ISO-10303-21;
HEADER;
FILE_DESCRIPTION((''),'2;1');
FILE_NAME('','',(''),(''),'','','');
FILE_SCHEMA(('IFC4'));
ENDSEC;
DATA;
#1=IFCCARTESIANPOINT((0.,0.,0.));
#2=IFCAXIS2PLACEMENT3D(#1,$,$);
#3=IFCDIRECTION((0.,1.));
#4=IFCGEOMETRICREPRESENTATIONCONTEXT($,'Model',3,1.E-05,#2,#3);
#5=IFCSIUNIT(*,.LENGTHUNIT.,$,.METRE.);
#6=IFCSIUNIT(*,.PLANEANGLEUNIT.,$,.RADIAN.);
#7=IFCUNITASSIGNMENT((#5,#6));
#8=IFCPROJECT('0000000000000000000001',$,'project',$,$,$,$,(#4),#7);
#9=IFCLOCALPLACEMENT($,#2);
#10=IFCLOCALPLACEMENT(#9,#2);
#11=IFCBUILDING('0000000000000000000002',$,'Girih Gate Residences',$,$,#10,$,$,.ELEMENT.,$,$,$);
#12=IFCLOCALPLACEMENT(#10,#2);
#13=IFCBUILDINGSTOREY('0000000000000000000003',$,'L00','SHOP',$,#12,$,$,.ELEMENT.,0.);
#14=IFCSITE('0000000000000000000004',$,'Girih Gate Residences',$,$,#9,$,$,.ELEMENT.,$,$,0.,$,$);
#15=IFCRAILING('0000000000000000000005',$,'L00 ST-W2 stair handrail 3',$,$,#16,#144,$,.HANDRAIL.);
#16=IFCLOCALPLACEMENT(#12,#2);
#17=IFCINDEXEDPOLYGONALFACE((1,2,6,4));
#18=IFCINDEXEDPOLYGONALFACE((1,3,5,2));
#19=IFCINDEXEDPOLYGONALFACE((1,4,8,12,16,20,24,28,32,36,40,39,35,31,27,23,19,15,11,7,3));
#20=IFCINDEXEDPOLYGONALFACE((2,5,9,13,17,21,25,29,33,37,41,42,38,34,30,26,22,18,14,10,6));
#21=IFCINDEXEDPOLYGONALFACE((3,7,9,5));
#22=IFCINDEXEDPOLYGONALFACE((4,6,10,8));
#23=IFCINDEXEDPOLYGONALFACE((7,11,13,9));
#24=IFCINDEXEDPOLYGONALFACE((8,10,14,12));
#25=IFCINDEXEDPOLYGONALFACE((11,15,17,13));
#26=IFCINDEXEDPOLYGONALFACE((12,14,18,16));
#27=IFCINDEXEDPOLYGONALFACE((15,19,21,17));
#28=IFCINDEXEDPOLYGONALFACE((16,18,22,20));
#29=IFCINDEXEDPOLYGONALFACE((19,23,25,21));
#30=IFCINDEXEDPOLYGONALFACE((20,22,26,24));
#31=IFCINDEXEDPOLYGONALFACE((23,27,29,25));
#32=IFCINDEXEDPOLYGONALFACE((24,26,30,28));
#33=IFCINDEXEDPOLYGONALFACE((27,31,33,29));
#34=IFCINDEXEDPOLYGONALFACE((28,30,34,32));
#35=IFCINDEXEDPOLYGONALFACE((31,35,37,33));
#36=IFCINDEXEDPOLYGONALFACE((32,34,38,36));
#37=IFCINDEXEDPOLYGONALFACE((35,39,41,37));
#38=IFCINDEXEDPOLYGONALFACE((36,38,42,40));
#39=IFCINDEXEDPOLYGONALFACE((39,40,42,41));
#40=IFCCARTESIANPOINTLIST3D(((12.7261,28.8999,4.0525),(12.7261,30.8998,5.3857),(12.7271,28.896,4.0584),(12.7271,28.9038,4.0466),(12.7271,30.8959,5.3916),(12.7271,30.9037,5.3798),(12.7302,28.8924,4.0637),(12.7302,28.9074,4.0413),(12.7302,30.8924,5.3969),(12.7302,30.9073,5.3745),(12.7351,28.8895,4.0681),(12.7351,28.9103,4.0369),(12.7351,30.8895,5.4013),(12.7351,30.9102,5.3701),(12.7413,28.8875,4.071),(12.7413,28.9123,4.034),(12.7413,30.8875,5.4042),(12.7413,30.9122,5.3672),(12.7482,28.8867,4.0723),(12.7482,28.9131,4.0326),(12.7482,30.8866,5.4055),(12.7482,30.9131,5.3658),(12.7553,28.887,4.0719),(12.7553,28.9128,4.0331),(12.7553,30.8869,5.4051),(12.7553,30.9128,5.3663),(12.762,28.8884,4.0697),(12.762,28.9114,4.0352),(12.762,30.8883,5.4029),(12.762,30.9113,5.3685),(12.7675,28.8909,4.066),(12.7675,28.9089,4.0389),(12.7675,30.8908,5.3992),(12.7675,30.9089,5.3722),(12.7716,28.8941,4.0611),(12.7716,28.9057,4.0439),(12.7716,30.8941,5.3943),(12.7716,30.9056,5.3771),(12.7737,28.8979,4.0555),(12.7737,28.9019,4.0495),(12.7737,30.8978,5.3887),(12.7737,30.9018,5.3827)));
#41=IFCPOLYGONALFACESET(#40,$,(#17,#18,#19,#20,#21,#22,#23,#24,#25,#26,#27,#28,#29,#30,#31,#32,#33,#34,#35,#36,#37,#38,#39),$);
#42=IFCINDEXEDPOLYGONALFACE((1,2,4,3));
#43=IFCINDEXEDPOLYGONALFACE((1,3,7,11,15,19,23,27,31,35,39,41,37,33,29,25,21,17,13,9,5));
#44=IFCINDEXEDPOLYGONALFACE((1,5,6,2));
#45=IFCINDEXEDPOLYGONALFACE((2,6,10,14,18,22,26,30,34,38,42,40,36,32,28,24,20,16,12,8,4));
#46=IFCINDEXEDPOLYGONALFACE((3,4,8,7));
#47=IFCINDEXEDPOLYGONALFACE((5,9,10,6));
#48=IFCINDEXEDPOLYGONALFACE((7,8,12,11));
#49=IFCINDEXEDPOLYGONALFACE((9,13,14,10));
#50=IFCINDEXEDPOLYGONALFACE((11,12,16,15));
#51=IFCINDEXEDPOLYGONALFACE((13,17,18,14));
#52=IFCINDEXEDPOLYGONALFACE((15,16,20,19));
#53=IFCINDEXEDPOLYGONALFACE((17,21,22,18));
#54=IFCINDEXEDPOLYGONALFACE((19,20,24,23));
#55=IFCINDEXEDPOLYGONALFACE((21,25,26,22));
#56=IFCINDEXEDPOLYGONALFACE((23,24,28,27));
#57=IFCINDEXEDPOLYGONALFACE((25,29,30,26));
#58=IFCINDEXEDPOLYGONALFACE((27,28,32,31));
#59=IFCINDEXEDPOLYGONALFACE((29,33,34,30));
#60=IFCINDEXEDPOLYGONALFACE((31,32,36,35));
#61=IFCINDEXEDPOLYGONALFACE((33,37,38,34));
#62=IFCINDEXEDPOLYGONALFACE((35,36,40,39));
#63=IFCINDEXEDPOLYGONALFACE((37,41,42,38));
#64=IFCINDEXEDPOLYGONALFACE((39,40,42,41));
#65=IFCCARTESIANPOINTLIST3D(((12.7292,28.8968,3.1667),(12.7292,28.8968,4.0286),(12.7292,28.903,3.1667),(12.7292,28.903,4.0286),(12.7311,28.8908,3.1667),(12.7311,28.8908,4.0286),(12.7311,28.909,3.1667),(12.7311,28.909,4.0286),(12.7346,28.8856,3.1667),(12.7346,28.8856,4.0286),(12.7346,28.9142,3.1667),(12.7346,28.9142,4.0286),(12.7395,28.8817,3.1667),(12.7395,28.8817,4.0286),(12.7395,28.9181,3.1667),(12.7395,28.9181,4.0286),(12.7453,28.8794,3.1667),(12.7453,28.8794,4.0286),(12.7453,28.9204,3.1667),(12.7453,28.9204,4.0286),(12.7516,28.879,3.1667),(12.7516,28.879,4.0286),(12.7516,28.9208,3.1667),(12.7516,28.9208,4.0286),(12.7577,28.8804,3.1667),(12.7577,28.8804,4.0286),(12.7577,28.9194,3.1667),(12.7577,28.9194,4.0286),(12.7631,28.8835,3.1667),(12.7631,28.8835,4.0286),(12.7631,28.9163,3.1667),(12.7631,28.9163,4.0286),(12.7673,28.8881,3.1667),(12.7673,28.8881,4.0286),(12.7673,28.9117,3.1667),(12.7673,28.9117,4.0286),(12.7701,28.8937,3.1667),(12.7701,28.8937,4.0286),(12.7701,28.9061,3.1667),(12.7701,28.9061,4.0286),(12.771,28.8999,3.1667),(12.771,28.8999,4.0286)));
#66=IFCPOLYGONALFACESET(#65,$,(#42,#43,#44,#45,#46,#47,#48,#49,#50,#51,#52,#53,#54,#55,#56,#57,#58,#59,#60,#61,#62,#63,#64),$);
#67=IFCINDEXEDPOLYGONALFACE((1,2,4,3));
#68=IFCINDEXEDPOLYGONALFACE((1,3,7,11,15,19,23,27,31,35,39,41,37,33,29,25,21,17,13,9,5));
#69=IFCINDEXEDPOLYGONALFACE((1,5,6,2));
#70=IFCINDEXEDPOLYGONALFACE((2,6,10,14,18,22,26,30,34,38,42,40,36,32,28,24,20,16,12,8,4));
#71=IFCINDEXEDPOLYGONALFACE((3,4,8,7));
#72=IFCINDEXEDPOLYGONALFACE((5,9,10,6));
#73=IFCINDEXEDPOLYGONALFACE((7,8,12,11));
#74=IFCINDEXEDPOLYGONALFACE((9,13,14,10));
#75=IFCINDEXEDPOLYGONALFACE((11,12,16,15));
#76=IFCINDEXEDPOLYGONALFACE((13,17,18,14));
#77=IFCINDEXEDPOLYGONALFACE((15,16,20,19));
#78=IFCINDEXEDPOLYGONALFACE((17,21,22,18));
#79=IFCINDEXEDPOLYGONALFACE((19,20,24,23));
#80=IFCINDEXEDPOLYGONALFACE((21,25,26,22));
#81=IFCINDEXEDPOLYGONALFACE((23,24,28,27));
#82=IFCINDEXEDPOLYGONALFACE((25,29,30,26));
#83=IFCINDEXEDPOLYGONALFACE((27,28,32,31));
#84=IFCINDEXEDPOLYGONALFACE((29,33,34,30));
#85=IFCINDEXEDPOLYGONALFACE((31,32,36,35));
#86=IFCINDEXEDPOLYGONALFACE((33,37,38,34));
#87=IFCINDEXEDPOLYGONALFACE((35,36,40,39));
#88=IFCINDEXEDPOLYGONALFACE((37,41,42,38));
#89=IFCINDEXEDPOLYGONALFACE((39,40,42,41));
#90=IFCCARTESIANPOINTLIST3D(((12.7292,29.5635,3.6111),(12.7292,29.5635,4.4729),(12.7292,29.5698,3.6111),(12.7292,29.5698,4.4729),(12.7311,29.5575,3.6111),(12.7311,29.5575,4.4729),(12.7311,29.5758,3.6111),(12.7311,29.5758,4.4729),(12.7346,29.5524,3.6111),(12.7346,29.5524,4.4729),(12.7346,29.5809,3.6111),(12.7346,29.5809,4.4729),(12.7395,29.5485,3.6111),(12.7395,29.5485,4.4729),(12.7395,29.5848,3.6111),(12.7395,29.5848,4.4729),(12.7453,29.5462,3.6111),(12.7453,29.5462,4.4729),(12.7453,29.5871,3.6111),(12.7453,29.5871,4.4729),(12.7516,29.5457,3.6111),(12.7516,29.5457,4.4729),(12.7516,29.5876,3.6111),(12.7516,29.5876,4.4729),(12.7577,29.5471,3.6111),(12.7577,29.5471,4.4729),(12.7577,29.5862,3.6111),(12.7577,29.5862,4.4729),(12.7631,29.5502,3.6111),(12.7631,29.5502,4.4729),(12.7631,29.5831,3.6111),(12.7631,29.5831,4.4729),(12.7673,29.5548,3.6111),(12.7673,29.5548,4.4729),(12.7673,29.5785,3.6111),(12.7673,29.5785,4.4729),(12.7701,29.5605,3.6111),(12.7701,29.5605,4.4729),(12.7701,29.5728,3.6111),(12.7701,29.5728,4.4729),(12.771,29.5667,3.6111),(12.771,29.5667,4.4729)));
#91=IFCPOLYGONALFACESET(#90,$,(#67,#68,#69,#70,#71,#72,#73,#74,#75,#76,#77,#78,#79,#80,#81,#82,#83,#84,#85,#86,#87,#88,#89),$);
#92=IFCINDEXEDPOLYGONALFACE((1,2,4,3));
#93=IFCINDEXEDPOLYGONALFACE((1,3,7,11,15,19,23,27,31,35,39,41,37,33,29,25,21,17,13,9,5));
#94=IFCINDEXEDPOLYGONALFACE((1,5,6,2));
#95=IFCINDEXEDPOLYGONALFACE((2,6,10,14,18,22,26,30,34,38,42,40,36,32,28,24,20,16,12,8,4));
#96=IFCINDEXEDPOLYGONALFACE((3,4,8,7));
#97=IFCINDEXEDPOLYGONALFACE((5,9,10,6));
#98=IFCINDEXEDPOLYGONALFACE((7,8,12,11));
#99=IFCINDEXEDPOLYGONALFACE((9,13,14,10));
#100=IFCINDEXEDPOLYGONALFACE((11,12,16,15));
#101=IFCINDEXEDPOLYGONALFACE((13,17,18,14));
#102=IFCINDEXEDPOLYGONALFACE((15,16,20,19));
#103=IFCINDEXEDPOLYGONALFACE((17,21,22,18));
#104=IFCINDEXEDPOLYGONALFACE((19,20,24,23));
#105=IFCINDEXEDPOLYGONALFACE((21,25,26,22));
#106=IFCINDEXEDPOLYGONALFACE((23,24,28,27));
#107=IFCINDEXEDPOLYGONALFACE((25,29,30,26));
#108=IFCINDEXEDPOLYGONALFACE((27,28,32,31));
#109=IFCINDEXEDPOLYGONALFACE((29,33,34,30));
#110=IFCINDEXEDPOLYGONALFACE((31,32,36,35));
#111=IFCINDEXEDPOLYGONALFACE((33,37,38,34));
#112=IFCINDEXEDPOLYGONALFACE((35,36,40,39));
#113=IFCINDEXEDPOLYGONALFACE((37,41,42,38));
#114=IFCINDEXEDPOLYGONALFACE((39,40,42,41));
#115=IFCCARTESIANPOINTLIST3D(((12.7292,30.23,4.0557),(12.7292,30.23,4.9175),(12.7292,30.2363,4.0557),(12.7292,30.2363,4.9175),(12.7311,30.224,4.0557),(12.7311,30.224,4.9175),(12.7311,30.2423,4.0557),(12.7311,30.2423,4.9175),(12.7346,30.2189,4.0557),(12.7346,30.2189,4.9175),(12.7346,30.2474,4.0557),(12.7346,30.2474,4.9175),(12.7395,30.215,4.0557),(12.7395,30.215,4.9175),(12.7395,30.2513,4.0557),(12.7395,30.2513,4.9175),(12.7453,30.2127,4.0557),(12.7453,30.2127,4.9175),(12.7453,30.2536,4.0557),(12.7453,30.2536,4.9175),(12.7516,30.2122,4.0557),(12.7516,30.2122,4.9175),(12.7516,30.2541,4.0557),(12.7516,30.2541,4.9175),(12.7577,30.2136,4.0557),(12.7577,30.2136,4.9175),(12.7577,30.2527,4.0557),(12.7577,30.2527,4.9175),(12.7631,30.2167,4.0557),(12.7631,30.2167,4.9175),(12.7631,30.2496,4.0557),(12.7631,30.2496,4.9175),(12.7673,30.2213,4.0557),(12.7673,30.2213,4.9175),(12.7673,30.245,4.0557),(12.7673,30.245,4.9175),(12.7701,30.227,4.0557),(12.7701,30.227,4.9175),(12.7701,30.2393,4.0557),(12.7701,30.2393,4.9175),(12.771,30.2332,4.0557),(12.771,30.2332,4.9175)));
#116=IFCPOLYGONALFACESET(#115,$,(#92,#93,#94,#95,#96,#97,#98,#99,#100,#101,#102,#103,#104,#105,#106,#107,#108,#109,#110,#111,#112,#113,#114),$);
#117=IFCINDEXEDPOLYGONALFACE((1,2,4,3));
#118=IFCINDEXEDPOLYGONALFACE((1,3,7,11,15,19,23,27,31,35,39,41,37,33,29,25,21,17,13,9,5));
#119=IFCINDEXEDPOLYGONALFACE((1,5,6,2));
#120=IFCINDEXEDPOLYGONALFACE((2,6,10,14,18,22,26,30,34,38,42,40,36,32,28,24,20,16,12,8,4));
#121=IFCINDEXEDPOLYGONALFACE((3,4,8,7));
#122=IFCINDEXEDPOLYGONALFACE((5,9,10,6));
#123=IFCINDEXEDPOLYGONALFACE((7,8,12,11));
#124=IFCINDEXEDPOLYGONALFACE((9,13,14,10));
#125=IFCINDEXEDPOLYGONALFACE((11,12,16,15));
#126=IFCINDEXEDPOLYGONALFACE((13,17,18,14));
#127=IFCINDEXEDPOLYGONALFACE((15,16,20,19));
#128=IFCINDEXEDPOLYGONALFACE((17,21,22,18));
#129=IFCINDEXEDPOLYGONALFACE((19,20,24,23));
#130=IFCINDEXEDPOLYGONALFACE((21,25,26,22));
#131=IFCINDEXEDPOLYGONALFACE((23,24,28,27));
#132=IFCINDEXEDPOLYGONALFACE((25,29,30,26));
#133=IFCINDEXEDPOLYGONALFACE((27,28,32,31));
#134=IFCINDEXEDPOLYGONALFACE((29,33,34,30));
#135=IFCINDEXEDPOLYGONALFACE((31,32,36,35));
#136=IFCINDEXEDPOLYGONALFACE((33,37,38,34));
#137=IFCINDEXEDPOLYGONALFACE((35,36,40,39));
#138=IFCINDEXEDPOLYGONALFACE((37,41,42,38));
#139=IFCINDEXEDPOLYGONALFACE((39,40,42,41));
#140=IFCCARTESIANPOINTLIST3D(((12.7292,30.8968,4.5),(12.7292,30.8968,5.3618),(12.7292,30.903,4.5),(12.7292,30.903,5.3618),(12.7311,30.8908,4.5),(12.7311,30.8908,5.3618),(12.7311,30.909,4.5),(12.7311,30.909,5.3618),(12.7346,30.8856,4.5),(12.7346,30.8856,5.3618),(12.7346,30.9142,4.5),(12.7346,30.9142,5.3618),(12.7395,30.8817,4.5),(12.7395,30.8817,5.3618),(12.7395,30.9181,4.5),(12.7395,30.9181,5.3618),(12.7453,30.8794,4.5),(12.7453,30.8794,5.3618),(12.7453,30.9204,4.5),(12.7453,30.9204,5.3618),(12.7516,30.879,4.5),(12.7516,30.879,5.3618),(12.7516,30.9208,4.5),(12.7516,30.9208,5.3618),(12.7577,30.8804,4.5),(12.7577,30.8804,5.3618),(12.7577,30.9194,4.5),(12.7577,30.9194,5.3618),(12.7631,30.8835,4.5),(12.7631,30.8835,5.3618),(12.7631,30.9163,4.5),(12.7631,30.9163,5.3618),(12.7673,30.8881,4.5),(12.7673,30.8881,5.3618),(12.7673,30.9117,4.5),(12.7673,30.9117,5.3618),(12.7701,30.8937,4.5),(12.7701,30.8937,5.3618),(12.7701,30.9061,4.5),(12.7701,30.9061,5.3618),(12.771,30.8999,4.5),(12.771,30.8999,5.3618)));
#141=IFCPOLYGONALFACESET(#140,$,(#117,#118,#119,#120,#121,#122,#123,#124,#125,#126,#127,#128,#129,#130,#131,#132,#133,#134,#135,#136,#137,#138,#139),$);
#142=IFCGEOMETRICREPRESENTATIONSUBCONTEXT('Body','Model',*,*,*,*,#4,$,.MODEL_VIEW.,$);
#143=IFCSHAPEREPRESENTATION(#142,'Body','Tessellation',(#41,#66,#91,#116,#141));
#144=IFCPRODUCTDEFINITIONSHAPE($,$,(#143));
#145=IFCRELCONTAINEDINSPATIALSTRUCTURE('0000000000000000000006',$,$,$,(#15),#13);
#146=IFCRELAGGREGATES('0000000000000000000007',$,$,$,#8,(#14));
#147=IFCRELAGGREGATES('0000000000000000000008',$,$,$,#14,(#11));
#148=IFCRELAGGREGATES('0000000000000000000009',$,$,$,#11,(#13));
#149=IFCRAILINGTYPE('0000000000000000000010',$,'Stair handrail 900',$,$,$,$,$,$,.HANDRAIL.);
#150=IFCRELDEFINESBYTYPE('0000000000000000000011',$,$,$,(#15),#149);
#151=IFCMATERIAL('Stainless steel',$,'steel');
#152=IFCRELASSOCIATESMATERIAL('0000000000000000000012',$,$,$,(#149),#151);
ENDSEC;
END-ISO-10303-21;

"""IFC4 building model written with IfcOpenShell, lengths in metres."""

from ifc_helpers import new_model, si_unit, direction, frame, origin, origin_2d, place, context, subcontext, project, spatial, circle, extrude, material, type_object, element, save


model = new_model("IFC4")

# Units and contexts
model_context = context("Model", 3, precision=1e-05, world=origin(), true_north=direction((0.0, 1.0)))
body_context = subcontext(model_context, "Body", "Model", "MODEL_VIEW")
ifc_project = project(units=[si_unit("LENGTHUNIT", "METRE"), si_unit("PLANEANGLEUNIT", "RADIAN")], contexts=[model_context])

# Site, building, storey
site_placement = place(None, origin())
site = spatial("IfcSite", under=ifc_project, at=site_placement, Name="Girih Gate Residences", CompositionType="ELEMENT", RefElevation=0.0)
building_placement = place(site_placement, origin())
building = spatial("IfcBuilding", under=site, at=building_placement, Name="Girih Gate Residences", CompositionType="ELEMENT")
storey_placement = place(building_placement, origin())
storey = spatial("IfcBuildingStorey", under=building, at=storey_placement, Name="L00", Description="SHOP", CompositionType="ELEMENT", Elevation=0.0)

# Railing
ifc_material_1 = material(Name="Stainless steel", Category="steel")
railing_type_1 = type_object("IfcRailingType", Name="Stair handrail 900", PredefinedType="HANDRAIL", material=ifc_material_1)
railing_1_placement = place(storey_placement, frame((12.75, 28.8999, 3.1667)))
element("IfcRailing", 1, at=railing_1_placement, inside=storey, type_object=railing_type_1, Name="L00 ST-W2 stair handrail 3", PredefinedType="HANDRAIL", context=body_context, shape_type="SweptSolid", body=[
    extrude(circle(Radius=0.0239, at=origin_2d()), frame((0.0, 0.0, 0.8857), z_axis=(0.0, 0.832066, 0.554677), x_axis=(-1.0, 0.0, 0.0)), (0.0, 0.0, 1.0), 2.4036),
    extrude(circle(Radius=0.021, at=origin_2d()), origin(), (0.0, 0.0, 1.0), 0.8618),
    extrude(circle(Radius=0.021, at=origin_2d()), frame((0.0, 0.6667, 0.4443)), (0.0, 0.0, 1.0), 0.8618),
    extrude(circle(Radius=0.021, at=origin_2d()), frame((0.0, 1.3333, 0.8889)), (0.0, 0.0, 1.0), 0.8618),
    extrude(circle(Radius=0.021, at=origin_2d()), frame((0.0, 2.0, 1.3333)), (0.0, 0.0, 1.0), 0.8618),
])

save(model, "model.ifc")
